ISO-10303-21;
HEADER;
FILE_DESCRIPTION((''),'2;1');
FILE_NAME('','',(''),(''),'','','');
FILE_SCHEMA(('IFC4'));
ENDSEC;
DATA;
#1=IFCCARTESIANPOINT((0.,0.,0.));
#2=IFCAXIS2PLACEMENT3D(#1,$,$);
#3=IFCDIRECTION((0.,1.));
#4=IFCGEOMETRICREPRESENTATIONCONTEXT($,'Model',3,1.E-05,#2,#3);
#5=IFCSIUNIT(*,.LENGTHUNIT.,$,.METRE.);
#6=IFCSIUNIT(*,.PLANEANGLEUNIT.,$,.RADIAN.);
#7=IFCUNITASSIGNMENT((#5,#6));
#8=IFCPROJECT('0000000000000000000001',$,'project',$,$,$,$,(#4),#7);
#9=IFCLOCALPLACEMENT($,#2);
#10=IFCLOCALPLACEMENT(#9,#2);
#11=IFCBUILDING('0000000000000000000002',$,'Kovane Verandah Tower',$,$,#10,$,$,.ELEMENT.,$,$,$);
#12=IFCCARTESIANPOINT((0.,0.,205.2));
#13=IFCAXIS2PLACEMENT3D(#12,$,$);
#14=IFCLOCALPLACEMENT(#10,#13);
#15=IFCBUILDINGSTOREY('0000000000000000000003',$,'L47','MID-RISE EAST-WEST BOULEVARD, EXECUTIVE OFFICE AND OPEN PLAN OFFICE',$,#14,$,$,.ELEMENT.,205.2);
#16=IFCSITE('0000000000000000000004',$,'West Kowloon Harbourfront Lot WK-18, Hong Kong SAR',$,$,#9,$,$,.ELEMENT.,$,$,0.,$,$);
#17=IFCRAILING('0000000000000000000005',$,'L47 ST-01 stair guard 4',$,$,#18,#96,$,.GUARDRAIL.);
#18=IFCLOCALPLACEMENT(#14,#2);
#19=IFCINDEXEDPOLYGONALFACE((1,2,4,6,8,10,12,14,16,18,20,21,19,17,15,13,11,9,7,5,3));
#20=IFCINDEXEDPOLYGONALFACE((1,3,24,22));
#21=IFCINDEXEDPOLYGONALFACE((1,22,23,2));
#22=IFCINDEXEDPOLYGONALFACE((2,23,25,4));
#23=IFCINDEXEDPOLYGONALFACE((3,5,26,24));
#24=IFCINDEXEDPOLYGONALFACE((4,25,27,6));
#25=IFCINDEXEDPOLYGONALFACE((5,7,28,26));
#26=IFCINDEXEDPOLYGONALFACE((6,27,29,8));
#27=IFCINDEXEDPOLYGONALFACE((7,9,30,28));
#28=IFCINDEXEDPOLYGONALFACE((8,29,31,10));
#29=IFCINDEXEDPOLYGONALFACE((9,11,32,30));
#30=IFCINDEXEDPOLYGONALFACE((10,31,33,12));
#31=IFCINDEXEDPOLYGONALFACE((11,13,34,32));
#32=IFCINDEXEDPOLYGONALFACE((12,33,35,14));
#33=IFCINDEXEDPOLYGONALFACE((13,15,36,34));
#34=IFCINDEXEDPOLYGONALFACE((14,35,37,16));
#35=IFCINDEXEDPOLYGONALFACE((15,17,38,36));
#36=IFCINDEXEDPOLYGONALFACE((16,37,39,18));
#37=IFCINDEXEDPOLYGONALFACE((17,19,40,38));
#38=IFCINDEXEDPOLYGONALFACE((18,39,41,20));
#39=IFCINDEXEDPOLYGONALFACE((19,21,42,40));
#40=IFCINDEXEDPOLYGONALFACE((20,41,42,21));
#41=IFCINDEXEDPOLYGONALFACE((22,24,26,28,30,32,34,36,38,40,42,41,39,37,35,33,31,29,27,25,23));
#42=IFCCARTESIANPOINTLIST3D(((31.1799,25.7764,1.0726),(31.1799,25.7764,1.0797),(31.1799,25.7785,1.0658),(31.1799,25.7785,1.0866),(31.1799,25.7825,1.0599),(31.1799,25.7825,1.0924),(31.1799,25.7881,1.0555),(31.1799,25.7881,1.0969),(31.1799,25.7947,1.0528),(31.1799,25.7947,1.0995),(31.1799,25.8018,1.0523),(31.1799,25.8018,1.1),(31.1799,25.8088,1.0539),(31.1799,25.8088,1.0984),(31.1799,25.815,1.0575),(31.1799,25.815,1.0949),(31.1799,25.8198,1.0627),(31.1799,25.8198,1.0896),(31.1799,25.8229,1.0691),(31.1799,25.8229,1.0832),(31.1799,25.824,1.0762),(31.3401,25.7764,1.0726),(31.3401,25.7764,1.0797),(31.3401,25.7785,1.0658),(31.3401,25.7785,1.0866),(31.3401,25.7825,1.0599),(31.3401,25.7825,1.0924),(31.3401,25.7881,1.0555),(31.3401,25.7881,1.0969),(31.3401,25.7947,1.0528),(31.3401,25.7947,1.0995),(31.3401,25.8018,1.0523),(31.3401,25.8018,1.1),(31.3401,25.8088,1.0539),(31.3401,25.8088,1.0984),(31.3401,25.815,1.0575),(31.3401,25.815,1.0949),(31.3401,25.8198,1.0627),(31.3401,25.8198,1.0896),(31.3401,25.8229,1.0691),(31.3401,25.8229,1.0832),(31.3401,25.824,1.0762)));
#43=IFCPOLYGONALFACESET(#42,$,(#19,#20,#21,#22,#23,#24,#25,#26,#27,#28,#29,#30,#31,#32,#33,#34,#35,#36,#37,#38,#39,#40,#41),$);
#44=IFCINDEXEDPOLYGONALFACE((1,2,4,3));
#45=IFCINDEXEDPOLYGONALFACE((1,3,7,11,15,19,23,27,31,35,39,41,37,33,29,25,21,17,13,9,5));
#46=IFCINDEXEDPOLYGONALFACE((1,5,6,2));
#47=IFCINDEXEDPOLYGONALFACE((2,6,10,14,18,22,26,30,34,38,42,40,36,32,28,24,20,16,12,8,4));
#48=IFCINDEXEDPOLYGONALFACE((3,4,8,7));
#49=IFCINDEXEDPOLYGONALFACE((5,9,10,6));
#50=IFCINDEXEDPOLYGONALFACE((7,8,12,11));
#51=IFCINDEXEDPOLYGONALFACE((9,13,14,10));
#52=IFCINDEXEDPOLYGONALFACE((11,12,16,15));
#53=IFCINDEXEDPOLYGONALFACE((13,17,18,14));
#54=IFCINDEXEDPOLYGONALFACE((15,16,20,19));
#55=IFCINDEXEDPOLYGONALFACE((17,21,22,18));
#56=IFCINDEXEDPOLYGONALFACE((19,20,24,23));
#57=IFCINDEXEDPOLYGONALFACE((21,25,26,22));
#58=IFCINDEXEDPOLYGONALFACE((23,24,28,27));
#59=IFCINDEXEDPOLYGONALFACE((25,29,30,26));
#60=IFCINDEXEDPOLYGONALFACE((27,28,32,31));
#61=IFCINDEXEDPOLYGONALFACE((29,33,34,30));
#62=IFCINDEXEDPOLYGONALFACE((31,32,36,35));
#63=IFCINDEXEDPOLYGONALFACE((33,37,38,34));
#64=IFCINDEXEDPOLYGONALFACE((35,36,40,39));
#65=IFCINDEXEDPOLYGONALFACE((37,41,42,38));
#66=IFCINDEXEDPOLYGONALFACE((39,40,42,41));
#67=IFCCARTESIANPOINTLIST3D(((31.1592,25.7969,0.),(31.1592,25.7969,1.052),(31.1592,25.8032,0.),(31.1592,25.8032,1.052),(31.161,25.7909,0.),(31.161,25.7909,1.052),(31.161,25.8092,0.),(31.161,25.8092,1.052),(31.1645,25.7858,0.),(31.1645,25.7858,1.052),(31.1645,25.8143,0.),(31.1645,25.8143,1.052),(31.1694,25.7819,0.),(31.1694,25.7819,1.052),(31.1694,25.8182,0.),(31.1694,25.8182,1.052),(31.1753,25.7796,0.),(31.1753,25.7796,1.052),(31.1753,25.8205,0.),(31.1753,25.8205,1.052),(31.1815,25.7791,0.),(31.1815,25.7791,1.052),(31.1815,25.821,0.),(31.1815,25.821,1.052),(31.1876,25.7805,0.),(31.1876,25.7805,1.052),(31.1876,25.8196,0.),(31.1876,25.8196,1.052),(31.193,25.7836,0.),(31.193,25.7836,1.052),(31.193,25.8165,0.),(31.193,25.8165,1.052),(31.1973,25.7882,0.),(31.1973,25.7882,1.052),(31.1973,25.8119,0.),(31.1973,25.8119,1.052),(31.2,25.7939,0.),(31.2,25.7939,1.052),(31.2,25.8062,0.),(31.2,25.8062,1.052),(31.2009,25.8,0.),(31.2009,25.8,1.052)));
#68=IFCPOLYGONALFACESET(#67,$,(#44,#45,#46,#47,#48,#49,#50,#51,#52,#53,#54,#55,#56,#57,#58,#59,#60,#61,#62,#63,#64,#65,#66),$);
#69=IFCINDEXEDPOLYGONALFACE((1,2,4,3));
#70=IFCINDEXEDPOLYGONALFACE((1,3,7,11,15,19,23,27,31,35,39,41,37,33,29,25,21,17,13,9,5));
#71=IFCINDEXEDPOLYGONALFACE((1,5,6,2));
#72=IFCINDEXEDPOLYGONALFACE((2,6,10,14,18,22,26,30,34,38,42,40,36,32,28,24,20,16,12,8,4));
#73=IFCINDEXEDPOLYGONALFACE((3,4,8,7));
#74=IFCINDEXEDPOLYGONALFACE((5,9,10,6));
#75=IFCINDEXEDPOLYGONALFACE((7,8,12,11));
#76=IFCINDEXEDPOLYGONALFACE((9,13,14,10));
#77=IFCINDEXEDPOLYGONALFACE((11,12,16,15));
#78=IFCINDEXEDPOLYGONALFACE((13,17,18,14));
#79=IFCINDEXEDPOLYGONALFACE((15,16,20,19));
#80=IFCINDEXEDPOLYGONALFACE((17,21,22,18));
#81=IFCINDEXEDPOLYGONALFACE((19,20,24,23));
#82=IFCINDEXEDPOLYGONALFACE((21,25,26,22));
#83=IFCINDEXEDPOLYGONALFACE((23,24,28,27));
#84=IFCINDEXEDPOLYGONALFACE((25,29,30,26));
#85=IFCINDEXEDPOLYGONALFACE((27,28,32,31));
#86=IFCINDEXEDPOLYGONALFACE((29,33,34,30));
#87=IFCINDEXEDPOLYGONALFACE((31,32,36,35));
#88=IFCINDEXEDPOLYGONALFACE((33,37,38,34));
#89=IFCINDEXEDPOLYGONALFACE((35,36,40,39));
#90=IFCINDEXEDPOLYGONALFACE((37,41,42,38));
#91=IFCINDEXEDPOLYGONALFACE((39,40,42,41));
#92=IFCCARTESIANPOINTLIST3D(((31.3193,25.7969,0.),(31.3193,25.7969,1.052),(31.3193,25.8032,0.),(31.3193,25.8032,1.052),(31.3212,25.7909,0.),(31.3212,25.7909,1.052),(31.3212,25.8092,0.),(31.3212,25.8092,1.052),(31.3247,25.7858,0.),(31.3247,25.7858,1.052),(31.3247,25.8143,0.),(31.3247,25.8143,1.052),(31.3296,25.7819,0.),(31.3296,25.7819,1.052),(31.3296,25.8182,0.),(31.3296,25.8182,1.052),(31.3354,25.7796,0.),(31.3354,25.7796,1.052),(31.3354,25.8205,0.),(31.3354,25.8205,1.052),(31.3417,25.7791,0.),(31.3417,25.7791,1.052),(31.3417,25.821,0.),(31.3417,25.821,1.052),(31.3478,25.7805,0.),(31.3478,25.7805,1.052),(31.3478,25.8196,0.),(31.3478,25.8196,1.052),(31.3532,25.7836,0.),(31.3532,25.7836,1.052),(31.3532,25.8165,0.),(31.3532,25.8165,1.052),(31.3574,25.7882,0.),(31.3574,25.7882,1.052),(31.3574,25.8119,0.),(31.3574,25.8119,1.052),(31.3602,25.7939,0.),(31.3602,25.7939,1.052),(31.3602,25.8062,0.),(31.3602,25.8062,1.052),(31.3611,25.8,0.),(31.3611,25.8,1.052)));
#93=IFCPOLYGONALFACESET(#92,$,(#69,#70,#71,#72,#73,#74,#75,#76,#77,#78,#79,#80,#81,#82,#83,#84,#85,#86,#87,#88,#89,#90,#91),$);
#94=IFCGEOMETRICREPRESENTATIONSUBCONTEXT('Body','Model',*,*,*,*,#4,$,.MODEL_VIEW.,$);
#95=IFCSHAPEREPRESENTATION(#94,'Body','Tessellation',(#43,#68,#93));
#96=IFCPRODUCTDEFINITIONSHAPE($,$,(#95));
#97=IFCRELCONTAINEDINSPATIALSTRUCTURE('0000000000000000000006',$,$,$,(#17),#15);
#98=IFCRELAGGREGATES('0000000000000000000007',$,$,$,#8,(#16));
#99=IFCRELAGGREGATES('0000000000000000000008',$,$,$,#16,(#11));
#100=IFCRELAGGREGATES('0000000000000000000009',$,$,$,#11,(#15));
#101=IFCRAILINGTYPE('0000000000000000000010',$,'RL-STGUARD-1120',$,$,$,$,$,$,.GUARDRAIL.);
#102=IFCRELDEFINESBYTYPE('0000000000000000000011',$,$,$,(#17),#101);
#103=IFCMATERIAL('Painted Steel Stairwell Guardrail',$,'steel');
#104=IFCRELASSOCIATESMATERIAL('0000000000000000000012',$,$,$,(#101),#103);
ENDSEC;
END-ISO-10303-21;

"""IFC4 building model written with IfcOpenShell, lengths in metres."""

from ifc_helpers import new_model, si_unit, direction, frame, origin, origin_2d, place, context, subcontext, project, spatial, circle, extrude, material, type_object, element, save


model = new_model("IFC4")

# Units and contexts
model_context = context("Model", 3, precision=1e-05, world=origin(), true_north=direction((0.0, 1.0)))
body_context = subcontext(model_context, "Body", "Model", "MODEL_VIEW")
ifc_project = project(units=[si_unit("LENGTHUNIT", "METRE"), si_unit("PLANEANGLEUNIT", "RADIAN")], contexts=[model_context])

# Site, building, storey
site_placement = place(None, origin())
site = spatial("IfcSite", under=ifc_project, at=site_placement, Name="West Kowloon Harbourfront Lot WK-18, Hong Kong SAR", CompositionType="ELEMENT", RefElevation=0.0)
building_placement = place(site_placement, origin())
building = spatial("IfcBuilding", under=site, at=building_placement, Name="Kovane Verandah Tower", CompositionType="ELEMENT")
storey_placement = place(building_placement, frame((0.0, 0.0, 205.2)))
storey = spatial("IfcBuildingStorey", under=building, at=storey_placement, Name="L47", Description="MID-RISE EAST-WEST BOULEVARD, EXECUTIVE OFFICE AND OPEN PLAN OFFICE", CompositionType="ELEMENT", Elevation=205.2)

# Railing
ifc_material_1 = material(Name="Painted Steel Stairwell Guardrail", Category="steel")
railing_type_1 = type_object("IfcRailingType", Name="RL-STGUARD-1120", PredefinedType="GUARDRAIL", material=ifc_material_1)
railing_1_placement = place(storey_placement, frame((31.1799, 25.8, 0.0)))
element("IfcRailing", 1, at=railing_1_placement, inside=storey, type_object=railing_type_1, Name="L47 ST-01 stair guard 4", PredefinedType="GUARDRAIL", context=body_context, shape_type="SweptSolid", body=[
    extrude(circle(Radius=0.0239, at=origin_2d()), frame((0.0, 0.0, 1.0762), z_axis=(1.0, 0.0, 0.0), x_axis=(0.0, 1.0, 0.0)), (0.0, 0.0, 1.0), 0.1602),
    extrude(circle(Radius=0.021, at=origin_2d()), origin(), (0.0, 0.0, 1.0), 1.052),
    extrude(circle(Radius=0.021, at=origin_2d()), frame((0.1602, 0.0, 0.0)), (0.0, 0.0, 1.0), 1.052),
])

save(model, "model.ifc")
